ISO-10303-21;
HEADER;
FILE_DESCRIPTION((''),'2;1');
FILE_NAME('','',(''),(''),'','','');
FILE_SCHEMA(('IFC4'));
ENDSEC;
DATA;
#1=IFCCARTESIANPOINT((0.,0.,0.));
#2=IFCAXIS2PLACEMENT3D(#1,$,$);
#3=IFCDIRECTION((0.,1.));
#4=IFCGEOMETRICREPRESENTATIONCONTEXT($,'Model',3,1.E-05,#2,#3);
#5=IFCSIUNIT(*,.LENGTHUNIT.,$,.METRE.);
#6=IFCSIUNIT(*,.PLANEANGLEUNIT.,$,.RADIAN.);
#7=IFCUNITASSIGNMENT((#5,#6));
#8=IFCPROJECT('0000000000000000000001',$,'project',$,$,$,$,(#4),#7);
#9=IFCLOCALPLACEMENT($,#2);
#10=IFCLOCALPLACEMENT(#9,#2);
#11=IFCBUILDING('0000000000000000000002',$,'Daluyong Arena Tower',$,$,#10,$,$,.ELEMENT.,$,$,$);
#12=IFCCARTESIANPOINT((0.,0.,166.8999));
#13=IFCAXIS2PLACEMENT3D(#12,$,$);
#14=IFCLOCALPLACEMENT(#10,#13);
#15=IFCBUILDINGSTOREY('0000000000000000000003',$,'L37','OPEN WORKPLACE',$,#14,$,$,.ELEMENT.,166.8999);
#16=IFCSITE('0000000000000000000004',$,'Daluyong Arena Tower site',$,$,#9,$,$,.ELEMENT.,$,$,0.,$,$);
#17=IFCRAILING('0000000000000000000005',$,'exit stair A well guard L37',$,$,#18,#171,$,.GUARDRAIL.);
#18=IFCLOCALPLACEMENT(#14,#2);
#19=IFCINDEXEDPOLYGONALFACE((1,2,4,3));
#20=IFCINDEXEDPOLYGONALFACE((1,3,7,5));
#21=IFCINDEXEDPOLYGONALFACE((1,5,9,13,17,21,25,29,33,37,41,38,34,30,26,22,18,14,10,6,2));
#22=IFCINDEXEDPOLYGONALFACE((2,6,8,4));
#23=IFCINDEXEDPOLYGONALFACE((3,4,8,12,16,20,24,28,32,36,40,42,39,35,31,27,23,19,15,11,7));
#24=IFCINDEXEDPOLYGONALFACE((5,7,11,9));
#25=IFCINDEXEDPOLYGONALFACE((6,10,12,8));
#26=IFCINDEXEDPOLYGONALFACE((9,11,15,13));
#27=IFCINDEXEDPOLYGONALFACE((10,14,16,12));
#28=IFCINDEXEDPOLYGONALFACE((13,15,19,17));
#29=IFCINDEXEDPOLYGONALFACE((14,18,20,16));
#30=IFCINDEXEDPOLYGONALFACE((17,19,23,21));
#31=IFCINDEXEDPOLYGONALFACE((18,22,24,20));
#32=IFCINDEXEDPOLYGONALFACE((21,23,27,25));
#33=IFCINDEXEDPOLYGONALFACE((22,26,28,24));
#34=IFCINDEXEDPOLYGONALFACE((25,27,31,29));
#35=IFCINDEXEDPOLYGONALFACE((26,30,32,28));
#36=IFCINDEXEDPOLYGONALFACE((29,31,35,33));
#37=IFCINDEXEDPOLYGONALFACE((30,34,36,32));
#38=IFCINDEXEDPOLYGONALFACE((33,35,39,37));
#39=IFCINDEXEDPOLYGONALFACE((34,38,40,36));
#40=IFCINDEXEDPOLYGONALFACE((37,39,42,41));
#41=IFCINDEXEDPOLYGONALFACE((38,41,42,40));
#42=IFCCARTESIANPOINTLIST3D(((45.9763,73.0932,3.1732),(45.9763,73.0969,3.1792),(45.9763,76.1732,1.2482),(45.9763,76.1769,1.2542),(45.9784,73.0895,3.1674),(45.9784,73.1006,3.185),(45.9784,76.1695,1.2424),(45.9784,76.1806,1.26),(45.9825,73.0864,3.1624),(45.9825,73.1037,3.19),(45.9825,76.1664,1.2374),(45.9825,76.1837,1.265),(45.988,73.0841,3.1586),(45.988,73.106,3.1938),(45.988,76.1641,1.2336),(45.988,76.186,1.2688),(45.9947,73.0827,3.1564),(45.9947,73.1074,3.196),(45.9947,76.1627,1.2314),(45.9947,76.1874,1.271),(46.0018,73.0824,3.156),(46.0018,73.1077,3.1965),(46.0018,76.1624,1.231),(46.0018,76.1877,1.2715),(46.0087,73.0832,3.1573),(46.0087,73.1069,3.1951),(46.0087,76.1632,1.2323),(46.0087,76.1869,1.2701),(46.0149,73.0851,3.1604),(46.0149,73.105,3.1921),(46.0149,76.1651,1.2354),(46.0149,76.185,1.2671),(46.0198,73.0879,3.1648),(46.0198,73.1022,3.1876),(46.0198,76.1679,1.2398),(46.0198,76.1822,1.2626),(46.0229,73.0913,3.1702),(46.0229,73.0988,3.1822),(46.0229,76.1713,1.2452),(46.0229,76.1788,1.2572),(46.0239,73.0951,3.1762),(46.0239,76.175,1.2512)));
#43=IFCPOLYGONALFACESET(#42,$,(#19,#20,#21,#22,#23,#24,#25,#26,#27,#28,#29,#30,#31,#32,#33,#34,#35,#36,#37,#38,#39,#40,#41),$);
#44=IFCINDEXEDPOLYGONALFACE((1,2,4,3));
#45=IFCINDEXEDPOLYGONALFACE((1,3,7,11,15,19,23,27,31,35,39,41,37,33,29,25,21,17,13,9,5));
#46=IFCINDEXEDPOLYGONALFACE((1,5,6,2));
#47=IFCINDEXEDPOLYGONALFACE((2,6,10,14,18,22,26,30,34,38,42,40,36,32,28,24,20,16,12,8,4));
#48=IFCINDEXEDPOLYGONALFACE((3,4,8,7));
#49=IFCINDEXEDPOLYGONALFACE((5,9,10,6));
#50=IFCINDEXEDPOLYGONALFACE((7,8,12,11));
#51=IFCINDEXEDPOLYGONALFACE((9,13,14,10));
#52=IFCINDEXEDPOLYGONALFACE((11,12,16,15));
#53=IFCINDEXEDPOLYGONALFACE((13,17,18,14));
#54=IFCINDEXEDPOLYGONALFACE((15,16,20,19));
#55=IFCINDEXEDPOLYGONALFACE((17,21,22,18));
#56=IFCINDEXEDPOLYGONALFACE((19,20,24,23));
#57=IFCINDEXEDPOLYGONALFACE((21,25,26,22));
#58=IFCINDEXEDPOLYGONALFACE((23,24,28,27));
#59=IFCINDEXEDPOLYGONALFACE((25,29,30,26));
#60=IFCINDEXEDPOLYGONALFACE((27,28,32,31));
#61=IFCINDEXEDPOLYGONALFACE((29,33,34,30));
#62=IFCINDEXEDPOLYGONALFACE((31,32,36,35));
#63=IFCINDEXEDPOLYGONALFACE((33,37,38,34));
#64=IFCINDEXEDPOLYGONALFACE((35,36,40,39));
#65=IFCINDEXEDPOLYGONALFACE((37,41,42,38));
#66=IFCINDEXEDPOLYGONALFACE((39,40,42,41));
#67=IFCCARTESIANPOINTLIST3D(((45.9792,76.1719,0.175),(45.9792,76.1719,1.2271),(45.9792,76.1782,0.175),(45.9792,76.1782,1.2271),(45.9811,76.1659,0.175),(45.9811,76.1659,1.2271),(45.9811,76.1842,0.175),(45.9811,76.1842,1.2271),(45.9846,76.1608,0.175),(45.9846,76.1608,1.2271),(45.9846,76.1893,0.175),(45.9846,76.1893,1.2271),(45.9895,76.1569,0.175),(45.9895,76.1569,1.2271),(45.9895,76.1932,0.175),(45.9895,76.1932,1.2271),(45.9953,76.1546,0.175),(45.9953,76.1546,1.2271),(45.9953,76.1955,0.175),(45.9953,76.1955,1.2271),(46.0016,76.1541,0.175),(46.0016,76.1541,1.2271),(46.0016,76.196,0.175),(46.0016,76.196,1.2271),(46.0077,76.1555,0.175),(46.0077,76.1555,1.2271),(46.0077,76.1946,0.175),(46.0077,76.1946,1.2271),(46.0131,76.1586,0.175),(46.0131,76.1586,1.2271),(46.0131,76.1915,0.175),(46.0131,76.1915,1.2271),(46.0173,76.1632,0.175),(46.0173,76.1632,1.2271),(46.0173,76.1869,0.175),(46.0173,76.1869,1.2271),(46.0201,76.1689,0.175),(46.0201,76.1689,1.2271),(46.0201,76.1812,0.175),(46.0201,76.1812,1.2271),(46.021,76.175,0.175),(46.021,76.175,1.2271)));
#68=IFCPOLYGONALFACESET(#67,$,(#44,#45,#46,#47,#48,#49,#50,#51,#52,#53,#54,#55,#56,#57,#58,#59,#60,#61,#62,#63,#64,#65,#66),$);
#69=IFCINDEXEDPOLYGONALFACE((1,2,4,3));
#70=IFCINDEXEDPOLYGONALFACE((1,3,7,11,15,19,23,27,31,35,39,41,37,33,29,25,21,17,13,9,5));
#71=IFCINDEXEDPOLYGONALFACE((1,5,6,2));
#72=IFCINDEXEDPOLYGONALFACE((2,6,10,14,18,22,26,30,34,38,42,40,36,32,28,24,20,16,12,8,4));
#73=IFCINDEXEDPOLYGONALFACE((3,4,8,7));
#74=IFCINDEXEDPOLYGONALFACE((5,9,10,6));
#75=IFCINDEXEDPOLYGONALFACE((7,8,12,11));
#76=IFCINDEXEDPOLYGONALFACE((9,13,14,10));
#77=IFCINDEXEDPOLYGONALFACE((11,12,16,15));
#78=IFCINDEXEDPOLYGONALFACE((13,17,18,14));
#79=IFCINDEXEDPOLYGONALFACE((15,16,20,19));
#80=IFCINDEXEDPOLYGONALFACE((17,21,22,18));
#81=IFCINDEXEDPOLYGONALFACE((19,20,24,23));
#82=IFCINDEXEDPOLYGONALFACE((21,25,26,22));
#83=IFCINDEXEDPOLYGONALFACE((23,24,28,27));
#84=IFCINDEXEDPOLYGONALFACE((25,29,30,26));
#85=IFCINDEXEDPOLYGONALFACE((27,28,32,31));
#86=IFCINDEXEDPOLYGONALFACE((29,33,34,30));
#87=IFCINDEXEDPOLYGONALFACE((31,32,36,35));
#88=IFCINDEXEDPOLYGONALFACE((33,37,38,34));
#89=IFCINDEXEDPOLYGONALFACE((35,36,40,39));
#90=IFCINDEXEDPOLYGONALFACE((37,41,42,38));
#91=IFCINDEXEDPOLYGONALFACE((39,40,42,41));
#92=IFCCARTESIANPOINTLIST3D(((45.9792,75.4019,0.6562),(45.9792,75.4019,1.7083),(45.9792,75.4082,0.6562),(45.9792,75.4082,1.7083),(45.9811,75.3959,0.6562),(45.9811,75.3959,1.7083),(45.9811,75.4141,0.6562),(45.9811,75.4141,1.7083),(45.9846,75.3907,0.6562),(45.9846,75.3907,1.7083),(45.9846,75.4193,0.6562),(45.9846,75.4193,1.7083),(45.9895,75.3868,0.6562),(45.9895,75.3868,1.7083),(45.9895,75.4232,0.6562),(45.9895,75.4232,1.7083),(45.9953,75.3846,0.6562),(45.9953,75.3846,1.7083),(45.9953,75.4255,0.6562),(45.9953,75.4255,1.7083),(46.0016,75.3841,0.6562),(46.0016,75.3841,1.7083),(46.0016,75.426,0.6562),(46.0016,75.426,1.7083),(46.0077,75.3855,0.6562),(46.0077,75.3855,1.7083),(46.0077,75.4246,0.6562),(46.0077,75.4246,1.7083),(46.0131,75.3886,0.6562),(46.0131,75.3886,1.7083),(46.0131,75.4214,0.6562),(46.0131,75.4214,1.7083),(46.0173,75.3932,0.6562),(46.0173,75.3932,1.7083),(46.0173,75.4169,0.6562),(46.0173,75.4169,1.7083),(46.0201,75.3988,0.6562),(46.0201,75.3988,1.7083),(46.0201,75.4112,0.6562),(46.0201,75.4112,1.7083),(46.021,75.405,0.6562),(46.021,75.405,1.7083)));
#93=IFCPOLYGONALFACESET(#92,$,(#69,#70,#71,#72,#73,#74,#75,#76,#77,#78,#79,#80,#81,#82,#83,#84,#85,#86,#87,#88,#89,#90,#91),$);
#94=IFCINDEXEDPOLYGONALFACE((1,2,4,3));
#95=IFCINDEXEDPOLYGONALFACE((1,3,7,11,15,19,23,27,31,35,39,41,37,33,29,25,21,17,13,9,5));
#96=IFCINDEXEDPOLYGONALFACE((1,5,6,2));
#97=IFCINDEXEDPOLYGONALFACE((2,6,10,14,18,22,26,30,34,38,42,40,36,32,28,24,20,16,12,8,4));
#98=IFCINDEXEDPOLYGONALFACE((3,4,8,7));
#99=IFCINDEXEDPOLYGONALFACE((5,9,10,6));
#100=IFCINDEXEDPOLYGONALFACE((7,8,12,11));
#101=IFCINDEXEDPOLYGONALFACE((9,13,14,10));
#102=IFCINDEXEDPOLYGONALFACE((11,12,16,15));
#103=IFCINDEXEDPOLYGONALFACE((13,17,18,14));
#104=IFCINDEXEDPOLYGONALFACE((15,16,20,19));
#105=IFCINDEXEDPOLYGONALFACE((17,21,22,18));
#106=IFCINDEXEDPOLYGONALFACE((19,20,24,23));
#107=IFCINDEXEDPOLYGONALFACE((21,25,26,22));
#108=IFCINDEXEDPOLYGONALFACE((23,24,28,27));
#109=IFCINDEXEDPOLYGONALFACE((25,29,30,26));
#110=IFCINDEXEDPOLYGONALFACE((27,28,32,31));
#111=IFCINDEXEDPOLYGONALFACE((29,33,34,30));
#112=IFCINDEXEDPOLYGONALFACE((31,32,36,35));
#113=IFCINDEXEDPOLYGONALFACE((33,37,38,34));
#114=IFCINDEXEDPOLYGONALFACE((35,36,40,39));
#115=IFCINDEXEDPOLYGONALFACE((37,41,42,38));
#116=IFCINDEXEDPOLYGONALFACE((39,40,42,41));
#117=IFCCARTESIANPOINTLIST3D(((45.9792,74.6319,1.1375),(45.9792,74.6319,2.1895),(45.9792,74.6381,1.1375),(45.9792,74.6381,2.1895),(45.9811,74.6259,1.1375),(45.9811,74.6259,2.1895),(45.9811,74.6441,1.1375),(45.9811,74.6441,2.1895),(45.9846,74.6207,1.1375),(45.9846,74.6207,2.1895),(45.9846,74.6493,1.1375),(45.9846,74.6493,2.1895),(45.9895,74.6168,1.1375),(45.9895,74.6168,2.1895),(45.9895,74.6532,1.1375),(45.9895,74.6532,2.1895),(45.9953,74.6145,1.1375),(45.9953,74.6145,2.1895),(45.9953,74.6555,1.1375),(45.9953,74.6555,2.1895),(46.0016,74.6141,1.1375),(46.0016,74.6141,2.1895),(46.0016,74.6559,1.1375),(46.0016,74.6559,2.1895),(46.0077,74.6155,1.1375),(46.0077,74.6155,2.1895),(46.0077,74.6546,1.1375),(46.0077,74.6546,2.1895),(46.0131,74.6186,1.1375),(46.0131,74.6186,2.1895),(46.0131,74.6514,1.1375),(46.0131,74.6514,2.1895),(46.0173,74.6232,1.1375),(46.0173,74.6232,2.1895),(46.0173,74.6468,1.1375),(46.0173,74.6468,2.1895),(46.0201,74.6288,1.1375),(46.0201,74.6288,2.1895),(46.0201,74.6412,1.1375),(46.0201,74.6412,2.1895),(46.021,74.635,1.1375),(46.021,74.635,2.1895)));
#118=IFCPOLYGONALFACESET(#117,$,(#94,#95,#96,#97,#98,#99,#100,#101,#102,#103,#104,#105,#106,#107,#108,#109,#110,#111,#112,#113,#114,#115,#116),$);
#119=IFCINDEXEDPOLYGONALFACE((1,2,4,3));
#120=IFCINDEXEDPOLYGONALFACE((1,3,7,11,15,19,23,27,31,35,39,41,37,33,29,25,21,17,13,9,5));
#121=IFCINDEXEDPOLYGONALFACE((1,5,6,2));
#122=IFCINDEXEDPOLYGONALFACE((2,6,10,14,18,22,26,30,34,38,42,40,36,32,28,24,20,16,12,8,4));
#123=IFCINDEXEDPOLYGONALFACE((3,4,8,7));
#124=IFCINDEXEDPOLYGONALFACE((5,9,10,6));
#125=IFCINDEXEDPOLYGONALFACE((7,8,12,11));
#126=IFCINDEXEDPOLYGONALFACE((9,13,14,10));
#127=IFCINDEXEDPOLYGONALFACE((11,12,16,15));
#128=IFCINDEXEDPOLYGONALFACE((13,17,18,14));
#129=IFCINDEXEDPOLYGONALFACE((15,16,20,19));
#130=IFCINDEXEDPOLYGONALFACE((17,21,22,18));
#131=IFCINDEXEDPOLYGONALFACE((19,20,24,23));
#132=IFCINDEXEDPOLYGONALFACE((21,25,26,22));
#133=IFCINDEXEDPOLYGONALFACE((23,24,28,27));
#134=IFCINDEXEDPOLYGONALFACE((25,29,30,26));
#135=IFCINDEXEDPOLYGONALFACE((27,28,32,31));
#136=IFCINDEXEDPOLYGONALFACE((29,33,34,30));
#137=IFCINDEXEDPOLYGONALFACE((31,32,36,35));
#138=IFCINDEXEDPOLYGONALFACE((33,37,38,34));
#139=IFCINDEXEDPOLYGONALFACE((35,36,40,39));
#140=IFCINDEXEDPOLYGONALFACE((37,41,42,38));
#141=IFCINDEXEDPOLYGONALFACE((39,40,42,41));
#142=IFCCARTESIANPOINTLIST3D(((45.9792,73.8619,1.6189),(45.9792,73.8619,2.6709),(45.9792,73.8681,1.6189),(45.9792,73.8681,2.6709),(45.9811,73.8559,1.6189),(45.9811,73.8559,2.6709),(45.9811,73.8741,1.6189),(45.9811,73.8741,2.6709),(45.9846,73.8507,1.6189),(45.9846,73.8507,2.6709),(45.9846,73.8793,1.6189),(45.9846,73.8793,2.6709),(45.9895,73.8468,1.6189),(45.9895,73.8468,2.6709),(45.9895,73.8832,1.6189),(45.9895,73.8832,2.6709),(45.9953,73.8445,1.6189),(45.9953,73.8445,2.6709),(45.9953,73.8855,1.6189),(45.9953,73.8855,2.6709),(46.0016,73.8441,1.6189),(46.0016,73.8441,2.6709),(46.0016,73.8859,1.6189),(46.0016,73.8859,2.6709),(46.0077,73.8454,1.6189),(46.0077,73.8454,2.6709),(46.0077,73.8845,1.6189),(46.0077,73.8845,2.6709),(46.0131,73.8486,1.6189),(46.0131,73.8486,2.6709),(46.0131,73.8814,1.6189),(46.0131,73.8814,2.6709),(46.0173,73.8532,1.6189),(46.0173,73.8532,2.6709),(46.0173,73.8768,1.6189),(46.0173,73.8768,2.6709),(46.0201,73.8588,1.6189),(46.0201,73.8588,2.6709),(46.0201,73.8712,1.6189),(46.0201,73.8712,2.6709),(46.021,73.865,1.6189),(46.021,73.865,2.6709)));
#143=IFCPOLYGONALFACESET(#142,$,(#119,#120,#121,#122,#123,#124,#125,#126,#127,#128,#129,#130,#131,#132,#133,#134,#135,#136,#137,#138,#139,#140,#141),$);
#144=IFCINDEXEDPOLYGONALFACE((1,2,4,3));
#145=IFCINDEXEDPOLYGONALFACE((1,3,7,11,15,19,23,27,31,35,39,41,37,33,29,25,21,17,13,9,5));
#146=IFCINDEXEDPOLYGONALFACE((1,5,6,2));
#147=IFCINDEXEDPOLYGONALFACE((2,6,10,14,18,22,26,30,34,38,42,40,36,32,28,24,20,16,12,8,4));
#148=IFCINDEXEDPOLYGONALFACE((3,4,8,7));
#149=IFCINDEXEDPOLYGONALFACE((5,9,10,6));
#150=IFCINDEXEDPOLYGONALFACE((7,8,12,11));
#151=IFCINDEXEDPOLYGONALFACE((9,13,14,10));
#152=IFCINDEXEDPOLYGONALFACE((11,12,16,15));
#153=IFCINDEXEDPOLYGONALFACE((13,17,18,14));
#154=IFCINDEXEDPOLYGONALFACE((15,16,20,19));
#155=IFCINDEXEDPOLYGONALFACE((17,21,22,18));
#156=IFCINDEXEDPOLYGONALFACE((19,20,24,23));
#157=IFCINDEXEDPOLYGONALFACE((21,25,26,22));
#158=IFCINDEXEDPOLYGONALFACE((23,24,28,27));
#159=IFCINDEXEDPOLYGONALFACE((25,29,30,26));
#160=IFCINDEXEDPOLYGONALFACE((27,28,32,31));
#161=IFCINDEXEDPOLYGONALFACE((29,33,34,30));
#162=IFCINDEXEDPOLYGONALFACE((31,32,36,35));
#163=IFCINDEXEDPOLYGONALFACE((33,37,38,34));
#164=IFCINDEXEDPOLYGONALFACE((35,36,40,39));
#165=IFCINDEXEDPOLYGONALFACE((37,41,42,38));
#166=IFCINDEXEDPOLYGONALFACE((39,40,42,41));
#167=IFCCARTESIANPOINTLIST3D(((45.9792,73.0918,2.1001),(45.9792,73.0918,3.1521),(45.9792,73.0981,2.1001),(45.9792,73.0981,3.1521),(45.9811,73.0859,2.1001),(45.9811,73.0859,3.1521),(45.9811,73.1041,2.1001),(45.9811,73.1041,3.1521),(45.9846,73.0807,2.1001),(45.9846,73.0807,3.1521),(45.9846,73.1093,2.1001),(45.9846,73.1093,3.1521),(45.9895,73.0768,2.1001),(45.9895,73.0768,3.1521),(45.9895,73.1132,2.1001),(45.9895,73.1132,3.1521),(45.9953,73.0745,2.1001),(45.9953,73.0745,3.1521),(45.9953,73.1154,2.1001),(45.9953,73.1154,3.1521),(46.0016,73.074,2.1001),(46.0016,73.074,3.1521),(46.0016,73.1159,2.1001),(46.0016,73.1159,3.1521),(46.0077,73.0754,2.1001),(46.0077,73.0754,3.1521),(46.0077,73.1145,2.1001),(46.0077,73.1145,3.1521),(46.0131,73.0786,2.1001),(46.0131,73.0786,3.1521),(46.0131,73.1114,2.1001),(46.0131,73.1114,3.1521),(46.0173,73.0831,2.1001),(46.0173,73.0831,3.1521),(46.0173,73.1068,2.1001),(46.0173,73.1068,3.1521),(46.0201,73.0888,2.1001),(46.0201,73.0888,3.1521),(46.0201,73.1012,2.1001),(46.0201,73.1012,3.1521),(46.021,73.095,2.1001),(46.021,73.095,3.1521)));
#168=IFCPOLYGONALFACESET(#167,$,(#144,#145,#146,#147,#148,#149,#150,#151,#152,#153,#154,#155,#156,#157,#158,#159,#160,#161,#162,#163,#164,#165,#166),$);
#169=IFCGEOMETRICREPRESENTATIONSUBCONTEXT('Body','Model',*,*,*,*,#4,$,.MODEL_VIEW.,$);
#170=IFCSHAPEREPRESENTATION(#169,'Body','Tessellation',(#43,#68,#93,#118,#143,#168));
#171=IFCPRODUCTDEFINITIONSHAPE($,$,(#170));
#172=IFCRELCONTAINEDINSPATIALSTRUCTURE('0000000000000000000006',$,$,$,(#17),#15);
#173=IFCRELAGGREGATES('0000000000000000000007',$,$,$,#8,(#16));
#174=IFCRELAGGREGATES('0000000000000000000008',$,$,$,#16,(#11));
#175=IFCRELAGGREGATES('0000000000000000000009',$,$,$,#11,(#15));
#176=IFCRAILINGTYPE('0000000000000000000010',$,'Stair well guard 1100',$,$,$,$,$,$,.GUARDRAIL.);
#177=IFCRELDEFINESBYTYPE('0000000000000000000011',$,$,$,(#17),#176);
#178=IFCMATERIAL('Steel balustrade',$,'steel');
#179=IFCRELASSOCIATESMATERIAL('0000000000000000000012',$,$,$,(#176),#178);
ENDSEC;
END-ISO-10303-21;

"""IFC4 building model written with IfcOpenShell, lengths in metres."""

from ifc_helpers import new_model, si_unit, direction, frame, origin, origin_2d, place, context, subcontext, project, spatial, circle, extrude, material, type_object, element, save


model = new_model("IFC4")

# Units and contexts
model_context = context("Model", 3, precision=1e-05, world=origin(), true_north=direction((0.0, 1.0)))
body_context = subcontext(model_context, "Body", "Model", "MODEL_VIEW")
ifc_project = project(units=[si_unit("LENGTHUNIT", "METRE"), si_unit("PLANEANGLEUNIT", "RADIAN")], contexts=[model_context])

# Site, building, storey
site_placement = place(None, origin())
site = spatial("IfcSite", under=ifc_project, at=site_placement, Name="Daluyong Arena Tower site", CompositionType="ELEMENT", RefElevation=0.0)
building_placement = place(site_placement, origin())
building = spatial("IfcBuilding", under=site, at=building_placement, Name="Daluyong Arena Tower", CompositionType="ELEMENT")
storey_placement = place(building_placement, frame((0.0, 0.0, 166.8999)))
storey = spatial("IfcBuildingStorey", under=building, at=storey_placement, Name="L37", Description="OPEN WORKPLACE", CompositionType="ELEMENT", Elevation=166.8999)

# Railing
ifc_material_1 = material(Name="Steel balustrade", Category="steel")
railing_type_1 = type_object("IfcRailingType", Name="Stair well guard 1100", PredefinedType="GUARDRAIL", material=ifc_material_1)
railing_1_placement = place(storey_placement, frame((46.0, 76.175, 0.175)))
element("IfcRailing", 1, at=railing_1_placement, inside=storey, type_object=railing_type_1, Name="exit stair A well guard L37", PredefinedType="GUARDRAIL", context=body_context, shape_type="SweptSolid", body=[
    extrude(circle(Radius=0.0239, at=origin_2d()), frame((0.0, 0.0, 1.0762), z_axis=(0.0, -0.847998, 0.529999), x_axis=(1.0, 0.0, 0.0)), (0.0, 0.0, 1.0), 3.6321),
    extrude(circle(Radius=0.021, at=origin_2d()), origin(), (0.0, 0.0, 1.0), 1.052),
    extrude(circle(Radius=0.021, at=origin_2d()), frame((0.0, -0.77, 0.4812)), (0.0, 0.0, 1.0), 1.052),
    extrude(circle(Radius=0.021, at=origin_2d()), frame((0.0, -1.54, 0.9624)), (0.0, 0.0, 1.0), 1.052),
    extrude(circle(Radius=0.021, at=origin_2d()), frame((0.0, -2.3101, 1.4438)), (0.0, 0.0, 1.0), 1.052),
    extrude(circle(Radius=0.021, at=origin_2d()), frame((0.0, -3.0801, 1.925)), (0.0, 0.0, 1.0), 1.052),
])

save(model, "model.ifc")
